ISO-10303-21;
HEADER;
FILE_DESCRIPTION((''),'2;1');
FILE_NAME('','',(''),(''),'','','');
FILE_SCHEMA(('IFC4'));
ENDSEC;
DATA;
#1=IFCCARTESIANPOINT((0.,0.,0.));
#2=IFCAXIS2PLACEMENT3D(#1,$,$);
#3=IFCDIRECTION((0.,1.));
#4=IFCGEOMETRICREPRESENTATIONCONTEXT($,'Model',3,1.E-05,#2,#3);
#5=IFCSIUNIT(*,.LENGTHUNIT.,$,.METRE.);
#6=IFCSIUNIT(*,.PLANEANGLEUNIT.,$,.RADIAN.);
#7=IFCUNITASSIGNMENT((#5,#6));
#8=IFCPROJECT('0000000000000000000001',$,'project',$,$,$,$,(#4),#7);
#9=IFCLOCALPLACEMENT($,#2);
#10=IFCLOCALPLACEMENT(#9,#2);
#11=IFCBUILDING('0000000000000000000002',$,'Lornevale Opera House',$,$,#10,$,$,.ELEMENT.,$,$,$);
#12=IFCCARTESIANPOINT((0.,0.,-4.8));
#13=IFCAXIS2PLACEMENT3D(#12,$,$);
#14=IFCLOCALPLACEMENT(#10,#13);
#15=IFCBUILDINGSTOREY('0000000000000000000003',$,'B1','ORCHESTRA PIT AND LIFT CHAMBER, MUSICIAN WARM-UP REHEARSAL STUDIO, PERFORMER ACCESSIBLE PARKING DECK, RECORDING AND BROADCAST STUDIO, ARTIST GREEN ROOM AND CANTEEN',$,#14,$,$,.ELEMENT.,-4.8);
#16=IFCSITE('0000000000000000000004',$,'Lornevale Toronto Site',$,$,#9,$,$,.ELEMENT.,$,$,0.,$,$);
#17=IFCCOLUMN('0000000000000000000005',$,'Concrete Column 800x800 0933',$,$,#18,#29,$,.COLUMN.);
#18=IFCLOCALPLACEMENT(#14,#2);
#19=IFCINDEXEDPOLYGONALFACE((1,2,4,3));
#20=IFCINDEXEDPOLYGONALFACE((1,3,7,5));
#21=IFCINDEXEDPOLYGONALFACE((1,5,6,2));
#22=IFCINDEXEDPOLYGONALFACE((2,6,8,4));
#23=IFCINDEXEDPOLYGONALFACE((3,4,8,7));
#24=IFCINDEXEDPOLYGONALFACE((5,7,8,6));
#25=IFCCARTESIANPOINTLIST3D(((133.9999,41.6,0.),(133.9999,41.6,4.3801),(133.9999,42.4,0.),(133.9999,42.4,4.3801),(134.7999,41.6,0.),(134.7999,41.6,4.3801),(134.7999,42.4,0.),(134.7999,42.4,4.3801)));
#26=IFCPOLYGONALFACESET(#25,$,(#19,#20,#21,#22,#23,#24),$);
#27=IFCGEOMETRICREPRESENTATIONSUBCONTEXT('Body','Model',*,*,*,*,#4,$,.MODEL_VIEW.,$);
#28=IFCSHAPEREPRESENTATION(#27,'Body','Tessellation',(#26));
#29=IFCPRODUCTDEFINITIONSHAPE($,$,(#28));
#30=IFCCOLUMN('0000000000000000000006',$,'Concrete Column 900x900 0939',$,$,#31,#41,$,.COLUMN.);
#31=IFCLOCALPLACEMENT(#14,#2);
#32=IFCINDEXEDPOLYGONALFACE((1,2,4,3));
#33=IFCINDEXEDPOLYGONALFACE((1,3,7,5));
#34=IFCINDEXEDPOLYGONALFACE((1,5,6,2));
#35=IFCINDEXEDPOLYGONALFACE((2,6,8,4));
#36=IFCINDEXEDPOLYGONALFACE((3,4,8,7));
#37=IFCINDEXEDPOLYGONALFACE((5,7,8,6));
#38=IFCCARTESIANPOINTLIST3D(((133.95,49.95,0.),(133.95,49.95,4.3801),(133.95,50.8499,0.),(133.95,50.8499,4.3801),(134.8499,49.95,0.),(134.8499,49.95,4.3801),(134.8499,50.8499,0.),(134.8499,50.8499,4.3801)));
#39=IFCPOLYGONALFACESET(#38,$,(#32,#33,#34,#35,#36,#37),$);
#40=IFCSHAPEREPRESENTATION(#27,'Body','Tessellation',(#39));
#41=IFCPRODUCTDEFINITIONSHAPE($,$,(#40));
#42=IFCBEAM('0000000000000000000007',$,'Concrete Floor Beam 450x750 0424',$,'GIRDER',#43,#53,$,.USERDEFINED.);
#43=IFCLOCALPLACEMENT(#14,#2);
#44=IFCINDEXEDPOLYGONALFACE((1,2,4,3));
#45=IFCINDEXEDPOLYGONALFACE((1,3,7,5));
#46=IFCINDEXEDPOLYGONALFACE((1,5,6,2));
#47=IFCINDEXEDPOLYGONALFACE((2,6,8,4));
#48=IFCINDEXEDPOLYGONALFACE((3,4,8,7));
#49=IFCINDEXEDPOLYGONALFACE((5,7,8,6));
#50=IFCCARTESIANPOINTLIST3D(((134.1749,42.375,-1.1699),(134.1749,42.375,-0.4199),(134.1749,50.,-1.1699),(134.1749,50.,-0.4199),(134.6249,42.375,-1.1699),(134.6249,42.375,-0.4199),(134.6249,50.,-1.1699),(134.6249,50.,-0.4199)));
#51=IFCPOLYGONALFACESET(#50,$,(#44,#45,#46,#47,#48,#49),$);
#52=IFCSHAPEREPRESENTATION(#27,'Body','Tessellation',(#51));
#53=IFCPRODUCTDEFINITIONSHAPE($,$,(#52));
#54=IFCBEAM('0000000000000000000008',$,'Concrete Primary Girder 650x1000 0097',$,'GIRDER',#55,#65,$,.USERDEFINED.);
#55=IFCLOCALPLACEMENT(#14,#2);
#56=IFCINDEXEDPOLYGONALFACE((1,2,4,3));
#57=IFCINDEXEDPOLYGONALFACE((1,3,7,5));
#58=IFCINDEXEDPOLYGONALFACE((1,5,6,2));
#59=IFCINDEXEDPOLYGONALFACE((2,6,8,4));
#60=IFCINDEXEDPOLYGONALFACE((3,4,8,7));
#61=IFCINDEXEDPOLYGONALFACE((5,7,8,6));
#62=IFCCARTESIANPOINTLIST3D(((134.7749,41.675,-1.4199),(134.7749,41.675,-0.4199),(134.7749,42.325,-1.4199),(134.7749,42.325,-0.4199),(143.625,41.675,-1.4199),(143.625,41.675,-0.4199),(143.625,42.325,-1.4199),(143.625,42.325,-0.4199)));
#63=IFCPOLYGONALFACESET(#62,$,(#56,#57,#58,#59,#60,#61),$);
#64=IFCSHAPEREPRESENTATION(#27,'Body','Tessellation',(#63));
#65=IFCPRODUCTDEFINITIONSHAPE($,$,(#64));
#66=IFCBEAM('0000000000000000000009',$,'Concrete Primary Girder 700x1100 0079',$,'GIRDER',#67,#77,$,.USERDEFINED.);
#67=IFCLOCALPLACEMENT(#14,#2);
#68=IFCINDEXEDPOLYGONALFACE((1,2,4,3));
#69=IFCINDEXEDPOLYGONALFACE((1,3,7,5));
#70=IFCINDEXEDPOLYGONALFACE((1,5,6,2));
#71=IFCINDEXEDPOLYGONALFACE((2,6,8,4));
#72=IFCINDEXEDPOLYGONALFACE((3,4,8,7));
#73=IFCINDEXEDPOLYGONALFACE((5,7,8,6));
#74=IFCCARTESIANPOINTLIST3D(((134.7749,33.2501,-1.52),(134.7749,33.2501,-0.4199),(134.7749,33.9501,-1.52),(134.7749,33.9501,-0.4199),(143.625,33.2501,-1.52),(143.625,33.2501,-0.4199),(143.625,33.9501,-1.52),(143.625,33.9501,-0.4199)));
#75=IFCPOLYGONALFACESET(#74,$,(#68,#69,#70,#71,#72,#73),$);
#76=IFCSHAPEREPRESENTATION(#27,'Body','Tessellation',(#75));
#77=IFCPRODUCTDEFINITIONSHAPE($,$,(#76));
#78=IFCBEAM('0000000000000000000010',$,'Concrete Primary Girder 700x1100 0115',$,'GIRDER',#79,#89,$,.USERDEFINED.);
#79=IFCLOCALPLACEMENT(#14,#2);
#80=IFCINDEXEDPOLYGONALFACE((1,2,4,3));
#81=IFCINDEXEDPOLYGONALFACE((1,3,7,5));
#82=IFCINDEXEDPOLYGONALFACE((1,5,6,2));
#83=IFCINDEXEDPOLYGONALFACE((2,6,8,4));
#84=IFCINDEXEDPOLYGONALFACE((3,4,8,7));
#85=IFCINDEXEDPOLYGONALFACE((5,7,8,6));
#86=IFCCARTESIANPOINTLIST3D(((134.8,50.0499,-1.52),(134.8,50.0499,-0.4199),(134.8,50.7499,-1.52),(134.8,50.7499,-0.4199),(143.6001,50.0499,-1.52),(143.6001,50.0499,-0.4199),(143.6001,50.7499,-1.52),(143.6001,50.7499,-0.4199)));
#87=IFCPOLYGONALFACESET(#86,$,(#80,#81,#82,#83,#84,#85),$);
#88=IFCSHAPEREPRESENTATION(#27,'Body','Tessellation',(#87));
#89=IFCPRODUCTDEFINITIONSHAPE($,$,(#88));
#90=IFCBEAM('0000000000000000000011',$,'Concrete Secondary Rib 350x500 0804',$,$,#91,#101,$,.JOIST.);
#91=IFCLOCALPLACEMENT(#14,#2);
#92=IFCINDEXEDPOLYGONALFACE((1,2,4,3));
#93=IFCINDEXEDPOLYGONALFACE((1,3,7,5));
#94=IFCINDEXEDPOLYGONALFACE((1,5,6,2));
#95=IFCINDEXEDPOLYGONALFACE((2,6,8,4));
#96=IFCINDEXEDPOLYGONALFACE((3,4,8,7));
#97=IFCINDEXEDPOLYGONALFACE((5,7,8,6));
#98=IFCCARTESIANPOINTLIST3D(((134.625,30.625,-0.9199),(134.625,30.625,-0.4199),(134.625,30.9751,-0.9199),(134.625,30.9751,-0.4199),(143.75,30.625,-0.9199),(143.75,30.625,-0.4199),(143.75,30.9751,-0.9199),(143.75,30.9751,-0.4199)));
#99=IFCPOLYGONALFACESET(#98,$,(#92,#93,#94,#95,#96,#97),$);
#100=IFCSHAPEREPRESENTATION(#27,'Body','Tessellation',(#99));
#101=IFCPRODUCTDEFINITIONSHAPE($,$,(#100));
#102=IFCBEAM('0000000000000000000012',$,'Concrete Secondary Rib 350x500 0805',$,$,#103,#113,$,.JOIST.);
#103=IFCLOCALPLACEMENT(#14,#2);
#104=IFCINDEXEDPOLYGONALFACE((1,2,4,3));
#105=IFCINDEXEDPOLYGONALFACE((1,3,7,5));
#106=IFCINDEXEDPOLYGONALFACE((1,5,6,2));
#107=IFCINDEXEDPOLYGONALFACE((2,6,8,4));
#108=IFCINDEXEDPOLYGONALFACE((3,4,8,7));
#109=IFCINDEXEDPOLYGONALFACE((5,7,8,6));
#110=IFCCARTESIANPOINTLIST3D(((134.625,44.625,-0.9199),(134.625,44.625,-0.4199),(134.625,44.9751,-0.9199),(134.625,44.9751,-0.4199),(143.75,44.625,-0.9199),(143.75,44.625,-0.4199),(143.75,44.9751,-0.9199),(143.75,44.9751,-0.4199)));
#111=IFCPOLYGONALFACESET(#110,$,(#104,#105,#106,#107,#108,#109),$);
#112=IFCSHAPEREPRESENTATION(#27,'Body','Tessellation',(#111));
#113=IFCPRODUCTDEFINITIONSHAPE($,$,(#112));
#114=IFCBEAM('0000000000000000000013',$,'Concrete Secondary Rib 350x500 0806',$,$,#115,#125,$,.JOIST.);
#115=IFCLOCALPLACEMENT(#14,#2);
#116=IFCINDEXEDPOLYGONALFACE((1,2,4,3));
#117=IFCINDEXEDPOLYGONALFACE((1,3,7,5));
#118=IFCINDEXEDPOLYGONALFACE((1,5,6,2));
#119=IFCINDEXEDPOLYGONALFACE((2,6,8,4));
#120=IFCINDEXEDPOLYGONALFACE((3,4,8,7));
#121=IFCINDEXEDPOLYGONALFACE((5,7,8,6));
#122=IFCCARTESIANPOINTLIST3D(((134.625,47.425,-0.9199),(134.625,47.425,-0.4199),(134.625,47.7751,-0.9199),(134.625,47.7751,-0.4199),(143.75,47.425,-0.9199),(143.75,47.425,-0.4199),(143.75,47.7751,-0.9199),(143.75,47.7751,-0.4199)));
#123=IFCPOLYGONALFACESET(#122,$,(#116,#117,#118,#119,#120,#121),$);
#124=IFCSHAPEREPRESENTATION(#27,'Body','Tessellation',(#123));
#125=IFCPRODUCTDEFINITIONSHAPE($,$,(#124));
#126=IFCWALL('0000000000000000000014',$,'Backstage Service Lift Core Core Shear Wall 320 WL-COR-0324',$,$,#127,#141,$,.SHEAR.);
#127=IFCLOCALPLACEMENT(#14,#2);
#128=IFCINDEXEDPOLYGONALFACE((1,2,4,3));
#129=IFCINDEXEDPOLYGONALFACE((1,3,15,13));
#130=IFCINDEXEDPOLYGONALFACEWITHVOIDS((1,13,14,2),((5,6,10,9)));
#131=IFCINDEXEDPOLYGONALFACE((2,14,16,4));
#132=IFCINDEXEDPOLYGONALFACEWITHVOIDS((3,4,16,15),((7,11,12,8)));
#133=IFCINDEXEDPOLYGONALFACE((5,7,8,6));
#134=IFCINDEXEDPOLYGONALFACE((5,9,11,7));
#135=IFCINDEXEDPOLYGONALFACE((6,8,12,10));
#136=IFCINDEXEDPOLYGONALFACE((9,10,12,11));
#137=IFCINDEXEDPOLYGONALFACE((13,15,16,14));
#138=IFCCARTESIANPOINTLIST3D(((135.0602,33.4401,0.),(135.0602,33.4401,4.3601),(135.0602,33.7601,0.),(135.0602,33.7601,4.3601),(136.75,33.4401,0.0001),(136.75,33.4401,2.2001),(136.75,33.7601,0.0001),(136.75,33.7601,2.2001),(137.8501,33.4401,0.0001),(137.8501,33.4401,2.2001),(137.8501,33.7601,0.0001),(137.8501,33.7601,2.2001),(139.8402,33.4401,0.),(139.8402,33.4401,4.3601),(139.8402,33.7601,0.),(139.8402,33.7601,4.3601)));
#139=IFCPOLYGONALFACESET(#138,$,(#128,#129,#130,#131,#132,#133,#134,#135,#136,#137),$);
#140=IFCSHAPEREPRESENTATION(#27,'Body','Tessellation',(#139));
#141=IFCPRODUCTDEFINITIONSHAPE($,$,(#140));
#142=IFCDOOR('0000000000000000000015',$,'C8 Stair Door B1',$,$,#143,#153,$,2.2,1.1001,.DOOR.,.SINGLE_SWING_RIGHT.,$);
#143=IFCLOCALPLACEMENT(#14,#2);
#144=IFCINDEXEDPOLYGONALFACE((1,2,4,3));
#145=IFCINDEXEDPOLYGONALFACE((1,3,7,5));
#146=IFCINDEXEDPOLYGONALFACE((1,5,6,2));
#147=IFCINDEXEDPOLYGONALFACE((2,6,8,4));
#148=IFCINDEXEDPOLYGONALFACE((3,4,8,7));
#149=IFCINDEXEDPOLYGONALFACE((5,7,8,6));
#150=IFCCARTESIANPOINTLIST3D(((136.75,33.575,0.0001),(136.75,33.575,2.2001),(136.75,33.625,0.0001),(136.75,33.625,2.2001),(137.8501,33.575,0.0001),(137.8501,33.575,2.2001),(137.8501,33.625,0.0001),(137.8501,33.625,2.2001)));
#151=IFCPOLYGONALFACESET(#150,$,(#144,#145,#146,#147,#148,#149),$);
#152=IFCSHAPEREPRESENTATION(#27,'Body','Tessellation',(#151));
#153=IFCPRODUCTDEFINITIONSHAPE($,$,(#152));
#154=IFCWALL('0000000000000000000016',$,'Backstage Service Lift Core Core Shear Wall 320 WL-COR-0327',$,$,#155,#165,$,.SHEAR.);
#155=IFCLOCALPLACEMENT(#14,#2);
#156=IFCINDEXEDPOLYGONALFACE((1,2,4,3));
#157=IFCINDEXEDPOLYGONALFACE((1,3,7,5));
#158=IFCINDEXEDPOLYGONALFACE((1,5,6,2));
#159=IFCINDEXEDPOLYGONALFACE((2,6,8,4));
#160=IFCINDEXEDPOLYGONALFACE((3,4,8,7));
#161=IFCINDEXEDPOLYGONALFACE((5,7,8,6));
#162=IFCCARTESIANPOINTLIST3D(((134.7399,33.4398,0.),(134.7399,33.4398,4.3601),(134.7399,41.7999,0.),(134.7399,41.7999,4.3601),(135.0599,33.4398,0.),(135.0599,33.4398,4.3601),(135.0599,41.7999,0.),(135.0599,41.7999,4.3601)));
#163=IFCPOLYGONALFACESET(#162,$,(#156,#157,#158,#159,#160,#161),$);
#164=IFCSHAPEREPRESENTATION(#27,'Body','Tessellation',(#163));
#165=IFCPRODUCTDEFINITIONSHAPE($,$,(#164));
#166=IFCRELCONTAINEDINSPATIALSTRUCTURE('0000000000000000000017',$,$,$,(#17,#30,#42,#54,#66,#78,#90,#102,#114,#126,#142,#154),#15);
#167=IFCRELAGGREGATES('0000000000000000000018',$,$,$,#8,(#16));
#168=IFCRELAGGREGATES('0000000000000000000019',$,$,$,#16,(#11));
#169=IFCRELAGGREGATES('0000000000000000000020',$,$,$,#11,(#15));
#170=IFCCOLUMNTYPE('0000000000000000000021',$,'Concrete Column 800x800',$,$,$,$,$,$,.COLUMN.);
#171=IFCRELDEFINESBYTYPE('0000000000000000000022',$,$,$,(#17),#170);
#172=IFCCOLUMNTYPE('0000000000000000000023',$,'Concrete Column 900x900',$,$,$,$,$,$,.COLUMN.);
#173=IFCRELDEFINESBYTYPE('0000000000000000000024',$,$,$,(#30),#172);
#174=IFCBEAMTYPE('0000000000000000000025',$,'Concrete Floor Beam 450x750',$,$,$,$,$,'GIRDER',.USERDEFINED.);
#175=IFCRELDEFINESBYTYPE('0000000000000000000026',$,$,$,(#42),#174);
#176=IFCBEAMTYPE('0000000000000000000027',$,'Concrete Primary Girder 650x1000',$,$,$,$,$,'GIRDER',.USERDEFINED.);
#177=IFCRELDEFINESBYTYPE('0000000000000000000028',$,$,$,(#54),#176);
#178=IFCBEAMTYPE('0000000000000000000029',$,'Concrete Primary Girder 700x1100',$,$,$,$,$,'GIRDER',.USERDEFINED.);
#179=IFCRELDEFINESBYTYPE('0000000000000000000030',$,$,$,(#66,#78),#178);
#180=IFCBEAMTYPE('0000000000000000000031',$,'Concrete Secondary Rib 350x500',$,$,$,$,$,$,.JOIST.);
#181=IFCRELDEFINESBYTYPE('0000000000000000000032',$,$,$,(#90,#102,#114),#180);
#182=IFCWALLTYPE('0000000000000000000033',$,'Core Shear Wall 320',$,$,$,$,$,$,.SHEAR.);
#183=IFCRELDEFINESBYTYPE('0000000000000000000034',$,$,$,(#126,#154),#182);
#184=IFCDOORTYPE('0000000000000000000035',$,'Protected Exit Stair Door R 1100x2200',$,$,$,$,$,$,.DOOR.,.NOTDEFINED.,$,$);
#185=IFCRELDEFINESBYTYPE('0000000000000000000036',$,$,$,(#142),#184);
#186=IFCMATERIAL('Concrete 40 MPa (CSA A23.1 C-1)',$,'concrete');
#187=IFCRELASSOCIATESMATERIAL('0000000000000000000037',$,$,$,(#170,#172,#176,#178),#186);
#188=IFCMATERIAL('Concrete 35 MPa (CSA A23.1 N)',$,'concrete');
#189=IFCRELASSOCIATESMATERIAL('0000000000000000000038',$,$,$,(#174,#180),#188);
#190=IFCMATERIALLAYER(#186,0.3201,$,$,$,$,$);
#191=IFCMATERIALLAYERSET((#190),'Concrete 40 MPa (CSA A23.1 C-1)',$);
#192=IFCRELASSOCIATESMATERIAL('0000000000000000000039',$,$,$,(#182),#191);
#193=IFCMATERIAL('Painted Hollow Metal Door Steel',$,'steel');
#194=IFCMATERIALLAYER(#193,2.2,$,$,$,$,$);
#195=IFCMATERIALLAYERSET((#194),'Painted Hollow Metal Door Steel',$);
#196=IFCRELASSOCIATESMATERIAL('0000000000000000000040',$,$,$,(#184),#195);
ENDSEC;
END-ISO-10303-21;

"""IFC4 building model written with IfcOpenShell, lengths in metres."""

from ifc_helpers import new_model, si_unit, direction, frame, frame_2d, origin, origin_2d, place, context, subcontext, project, spatial, rectangle, extrude, material, layer, layer_set, material_profile, profile_set, type_object, element, fill, save


model = new_model("IFC4")

# Units and contexts
model_context = context("Model", 3, precision=1e-05, world=origin(), true_north=direction((0.0, 1.0)))
body_context = subcontext(model_context, "Body", "Model", "MODEL_VIEW")
ifc_project = project(units=[si_unit("LENGTHUNIT", "METRE"), si_unit("PLANEANGLEUNIT", "RADIAN")], contexts=[model_context])

# Site, building, storey
site_placement = place(None, origin())
site = spatial("IfcSite", under=ifc_project, at=site_placement, Name="Lornevale Toronto Site", CompositionType="ELEMENT", RefElevation=0.0)
building_placement = place(site_placement, origin())
building = spatial("IfcBuilding", under=site, at=building_placement, Name="Lornevale Opera House", CompositionType="ELEMENT")
storey_placement = place(building_placement, frame((0.0, 0.0, -4.8)))
storey = spatial("IfcBuildingStorey", under=building, at=storey_placement, Name="B1", Description="ORCHESTRA PIT AND LIFT CHAMBER, MUSICIAN WARM-UP REHEARSAL STUDIO, PERFORMER ACCESSIBLE PARKING DECK, RECORDING AND BROADCAST STUDIO, ARTIST GREEN ROOM AND CANTEEN", CompositionType="ELEMENT", Elevation=-4.8)

# Columns
ifc_material_1 = material(Name="Concrete 40 MPa (CSA A23.1 C-1)", Category="concrete")
ifc_material_profile_1 = material_profile(ifc_material_1, rectangle(XDim=0.8, YDim=0.8, at=origin_2d()), Name="RC800x800")
ifc_profile_set_1 = profile_set([ifc_material_profile_1], Name="Concrete 40 MPa (CSA A23.1 C-1)")
column_type_1 = type_object("IfcColumnType", Name="Concrete Column 800x800", PredefinedType="COLUMN", material=ifc_profile_set_1)
column_1_placement = place(storey_placement, frame((134.3999, 42.0, 0.0), z_axis=(0.0, 0.0, 1.0), x_axis=(1.0, 0.0, 0.0)))
element("IfcColumn", 1, at=column_1_placement, inside=storey, type_object=column_type_1, Name="Concrete Column 800x800 0933", PredefinedType="COLUMN", context=body_context, shape_type="SweptSolid", body=[
    extrude(rectangle(XDim=0.8, YDim=0.8, at=origin_2d()), origin(), (0.0, 0.0, 1.0), 4.3801),
])
ifc_material_profile_2 = material_profile(ifc_material_1, rectangle(XDim=0.8999, YDim=0.8999, at=origin_2d()), Name="RC900x900")
ifc_profile_set_2 = profile_set([ifc_material_profile_2], Name="Concrete 40 MPa (CSA A23.1 C-1)")
column_type_2 = type_object("IfcColumnType", Name="Concrete Column 900x900", PredefinedType="COLUMN", material=ifc_profile_set_2)
column_2_placement = place(storey_placement, frame((134.3999, 50.3999, 0.0), z_axis=(0.0, 0.0, 1.0), x_axis=(1.0, 0.0, 0.0)))
element("IfcColumn", 2, at=column_2_placement, inside=storey, type_object=column_type_2, Name="Concrete Column 900x900 0939", PredefinedType="COLUMN", context=body_context, shape_type="SweptSolid", body=[
    extrude(rectangle(XDim=0.8999, YDim=0.8999, at=origin_2d()), origin(), (0.0, 0.0, 1.0), 4.3801),
])

# Beams
ifc_material_2 = material(Name="Concrete 35 MPa (CSA A23.1 N)", Category="concrete")
ifc_material_profile_3 = material_profile(ifc_material_2, rectangle(XDim=0.45, YDim=0.75, at=origin_2d()), Name="RC450x750")
ifc_profile_set_3 = profile_set([ifc_material_profile_3], Name="Concrete 35 MPa (CSA A23.1 N)")
beam_type_1 = type_object("IfcBeamType", Name="Concrete Floor Beam 450x750", ElementType="GIRDER", PredefinedType="USERDEFINED", material=ifc_profile_set_3)
beam_1_placement = place(storey_placement, frame((134.3999, 42.375, -0.7949), z_axis=(0.0, 1.0, 0.0), x_axis=(-1.0, 0.0, 0.0)))
element("IfcBeam", 3, at=beam_1_placement, inside=storey, type_object=beam_type_1, Name="Concrete Floor Beam 450x750 0424", ObjectType="GIRDER", PredefinedType="USERDEFINED", context=body_context, shape_type="SweptSolid", body=[
    extrude(rectangle(XDim=0.45, YDim=0.75, at=origin_2d()), origin(), (0.0, 0.0, 1.0), 7.625),
])
ifc_material_profile_4 = material_profile(ifc_material_1, rectangle(XDim=0.6499, YDim=1.0, at=origin_2d()), Name="RC650x1000")
ifc_profile_set_4 = profile_set([ifc_material_profile_4], Name="Concrete 40 MPa (CSA A23.1 C-1)")
beam_type_2 = type_object("IfcBeamType", Name="Concrete Primary Girder 650x1000", ElementType="GIRDER", PredefinedType="USERDEFINED", material=ifc_profile_set_4)
beam_2_placement = place(storey_placement, frame((134.7749, 42.0, -0.9199), z_axis=(1.0, 0.0, 0.0), x_axis=(0.0, 1.0, 0.0)))
element("IfcBeam", 4, at=beam_2_placement, inside=storey, type_object=beam_type_2, Name="Concrete Primary Girder 650x1000 0097", ObjectType="GIRDER", PredefinedType="USERDEFINED", context=body_context, shape_type="SweptSolid", body=[
    extrude(rectangle(XDim=0.6499, YDim=1.0, at=origin_2d()), origin(), (0.0, 0.0, 1.0), 8.8501),
])
ifc_material_profile_5 = material_profile(ifc_material_1, rectangle(XDim=0.7, YDim=1.1001, at=origin_2d()), Name="RC700x1100")
ifc_profile_set_5 = profile_set([ifc_material_profile_5], Name="Concrete 40 MPa (CSA A23.1 C-1)")
beam_type_3 = type_object("IfcBeamType", Name="Concrete Primary Girder 700x1100", ElementType="GIRDER", PredefinedType="USERDEFINED", material=ifc_profile_set_5)
beam_3_placement = place(storey_placement, frame((134.7749, 33.6001, -0.97), z_axis=(1.0, 0.0, 0.0), x_axis=(0.0, 1.0, 0.0)))
element("IfcBeam", 5, at=beam_3_placement, inside=storey, type_object=beam_type_3, Name="Concrete Primary Girder 700x1100 0079", ObjectType="GIRDER", PredefinedType="USERDEFINED", context=body_context, shape_type="SweptSolid", body=[
    extrude(rectangle(XDim=0.7, YDim=1.1001, at=origin_2d()), origin(), (0.0, 0.0, 1.0), 8.8501),
])
beam_4_placement = place(storey_placement, frame((134.8, 50.3999, -0.97), z_axis=(1.0, 0.0, 0.0), x_axis=(0.0, 1.0, 0.0)))
element("IfcBeam", 6, at=beam_4_placement, inside=storey, type_object=beam_type_3, Name="Concrete Primary Girder 700x1100 0115", ObjectType="GIRDER", PredefinedType="USERDEFINED", context=body_context, shape_type="SweptSolid", body=[
    extrude(rectangle(XDim=0.7, YDim=1.1001, at=origin_2d()), origin(), (0.0, 0.0, 1.0), 8.8),
])
ifc_material_profile_6 = material_profile(ifc_material_2, rectangle(XDim=0.3501, YDim=0.5, at=origin_2d()), Name="RC350x500")
ifc_profile_set_6 = profile_set([ifc_material_profile_6], Name="Concrete 35 MPa (CSA A23.1 N)")
beam_type_4 = type_object("IfcBeamType", Name="Concrete Secondary Rib 350x500", PredefinedType="JOIST", material=ifc_profile_set_6)
for number, where, z_axis, x_axis, name in (
    (7, (134.625, 30.8, -0.6699), (1.0, 0.0, 0.0), (0.0, 1.0, 0.0), "Concrete Secondary Rib 350x500 0804"),
    (8, (134.625, 44.8, -0.6699), (1.0, 0.0, 0.0), (0.0, 1.0, 0.0), "Concrete Secondary Rib 350x500 0805"),
    (9, (134.625, 47.6001, -0.6699), (1.0, 0.0, 0.0), (0.0, 1.0, 0.0), "Concrete Secondary Rib 350x500 0806"),
):
    element("IfcBeam", number, at=place(storey_placement, frame(where, z_axis=z_axis, x_axis=x_axis)), inside=storey, type_object=beam_type_4, Name=name, PredefinedType="JOIST", context=body_context, shape_type="SweptSolid", body=[
        extrude(rectangle(XDim=0.3501, YDim=0.5, at=origin_2d()), origin(), (0.0, 0.0, 1.0), 9.125),
    ])

# Wall, opening, door
ifc_layer_1 = layer(ifc_material_1, 0.3201)
ifc_layer_set_1 = layer_set([ifc_layer_1], Name="Concrete 40 MPa (CSA A23.1 C-1)")
wall_type_1 = type_object("IfcWallType", Name="Core Shear Wall 320", PredefinedType="SHEAR", material=ifc_layer_set_1)
wall_1_placement = place(storey_placement, frame((135.0601, 33.6001, 0.0), z_axis=(0.0, 0.0, 1.0), x_axis=(1.0, 0.0, 0.0)))
wall_1 = element("IfcWall", 10, at=wall_1_placement, inside=storey, type_object=wall_type_1, Name="Backstage Service Lift Core Core Shear Wall 320 WL-COR-0324", PredefinedType="SHEAR", context=body_context, shape_type="SweptSolid", body=[
    extrude(rectangle(XDim=4.78, YDim=0.3201, at=frame_2d((2.3901, 0.0))), origin(), (0.0, 0.0, 1.0), 4.3601),
])
opening_1_placement = place(wall_1_placement, frame((1.6899, 0.0, 0.0)))
opening_1 = element("IfcOpeningElement", 11, at=opening_1_placement, cuts=wall_1, PredefinedType="OPENING", context=body_context, shape_type="SweptSolid", body=[
    extrude(rectangle(XDim=1.1001, YDim=2.2, at=frame_2d((0.55, 1.1001))), frame((0.0, 0.1699, 0.0), z_axis=(0.0, -1.0, 0.0), x_axis=(1.0, 0.0, 0.0)), (0.0, 0.0, 1.0), 0.3401),
])
ifc_material_3 = material(Name="Painted Hollow Metal Door Steel", Category="steel")
ifc_layer_2 = layer(ifc_material_3, 2.2)
ifc_layer_set_2 = layer_set([ifc_layer_2], Name="Painted Hollow Metal Door Steel")
door_type_1 = type_object("IfcDoorType", Name="Protected Exit Stair Door R 1100x2200", OperationType="NOTDEFINED", PredefinedType="DOOR", material=ifc_layer_set_2)
door_1_placement = place(opening_1_placement, origin())
door_1 = element("IfcDoor", 12, at=door_1_placement, inside=storey, type_object=door_type_1, Name="C8 Stair Door B1", OperationType="SINGLE_SWING_RIGHT", OverallHeight=2.2, OverallWidth=1.1001, PredefinedType="DOOR", context=body_context, shape_type="SweptSolid", body=[
    extrude(rectangle(XDim=1.1001, YDim=2.2, at=frame_2d((0.55, 1.1001))), frame((0.0, 0.0249, 0.0), z_axis=(0.0, -1.0, 0.0), x_axis=(1.0, 0.0, 0.0)), (0.0, 0.0, 1.0), 0.05),
])
fill(opening_1, door_1)

# Wall
wall_2_placement = place(storey_placement, frame((134.8999, 41.8, 0.0), z_axis=(0.0, 0.0, 1.0), x_axis=(0.0, -1.0, 0.0)))
element("IfcWall", 13, at=wall_2_placement, inside=storey, type_object=wall_type_1, Name="Backstage Service Lift Core Core Shear Wall 320 WL-COR-0327", PredefinedType="SHEAR", context=body_context, shape_type="SweptSolid", body=[
    extrude(rectangle(XDim=8.3601, YDim=0.3201, at=frame_2d((4.1802, 0.0))), origin(), (0.0, 0.0, 1.0), 4.3601),
])

save(model, "model.ifc")
